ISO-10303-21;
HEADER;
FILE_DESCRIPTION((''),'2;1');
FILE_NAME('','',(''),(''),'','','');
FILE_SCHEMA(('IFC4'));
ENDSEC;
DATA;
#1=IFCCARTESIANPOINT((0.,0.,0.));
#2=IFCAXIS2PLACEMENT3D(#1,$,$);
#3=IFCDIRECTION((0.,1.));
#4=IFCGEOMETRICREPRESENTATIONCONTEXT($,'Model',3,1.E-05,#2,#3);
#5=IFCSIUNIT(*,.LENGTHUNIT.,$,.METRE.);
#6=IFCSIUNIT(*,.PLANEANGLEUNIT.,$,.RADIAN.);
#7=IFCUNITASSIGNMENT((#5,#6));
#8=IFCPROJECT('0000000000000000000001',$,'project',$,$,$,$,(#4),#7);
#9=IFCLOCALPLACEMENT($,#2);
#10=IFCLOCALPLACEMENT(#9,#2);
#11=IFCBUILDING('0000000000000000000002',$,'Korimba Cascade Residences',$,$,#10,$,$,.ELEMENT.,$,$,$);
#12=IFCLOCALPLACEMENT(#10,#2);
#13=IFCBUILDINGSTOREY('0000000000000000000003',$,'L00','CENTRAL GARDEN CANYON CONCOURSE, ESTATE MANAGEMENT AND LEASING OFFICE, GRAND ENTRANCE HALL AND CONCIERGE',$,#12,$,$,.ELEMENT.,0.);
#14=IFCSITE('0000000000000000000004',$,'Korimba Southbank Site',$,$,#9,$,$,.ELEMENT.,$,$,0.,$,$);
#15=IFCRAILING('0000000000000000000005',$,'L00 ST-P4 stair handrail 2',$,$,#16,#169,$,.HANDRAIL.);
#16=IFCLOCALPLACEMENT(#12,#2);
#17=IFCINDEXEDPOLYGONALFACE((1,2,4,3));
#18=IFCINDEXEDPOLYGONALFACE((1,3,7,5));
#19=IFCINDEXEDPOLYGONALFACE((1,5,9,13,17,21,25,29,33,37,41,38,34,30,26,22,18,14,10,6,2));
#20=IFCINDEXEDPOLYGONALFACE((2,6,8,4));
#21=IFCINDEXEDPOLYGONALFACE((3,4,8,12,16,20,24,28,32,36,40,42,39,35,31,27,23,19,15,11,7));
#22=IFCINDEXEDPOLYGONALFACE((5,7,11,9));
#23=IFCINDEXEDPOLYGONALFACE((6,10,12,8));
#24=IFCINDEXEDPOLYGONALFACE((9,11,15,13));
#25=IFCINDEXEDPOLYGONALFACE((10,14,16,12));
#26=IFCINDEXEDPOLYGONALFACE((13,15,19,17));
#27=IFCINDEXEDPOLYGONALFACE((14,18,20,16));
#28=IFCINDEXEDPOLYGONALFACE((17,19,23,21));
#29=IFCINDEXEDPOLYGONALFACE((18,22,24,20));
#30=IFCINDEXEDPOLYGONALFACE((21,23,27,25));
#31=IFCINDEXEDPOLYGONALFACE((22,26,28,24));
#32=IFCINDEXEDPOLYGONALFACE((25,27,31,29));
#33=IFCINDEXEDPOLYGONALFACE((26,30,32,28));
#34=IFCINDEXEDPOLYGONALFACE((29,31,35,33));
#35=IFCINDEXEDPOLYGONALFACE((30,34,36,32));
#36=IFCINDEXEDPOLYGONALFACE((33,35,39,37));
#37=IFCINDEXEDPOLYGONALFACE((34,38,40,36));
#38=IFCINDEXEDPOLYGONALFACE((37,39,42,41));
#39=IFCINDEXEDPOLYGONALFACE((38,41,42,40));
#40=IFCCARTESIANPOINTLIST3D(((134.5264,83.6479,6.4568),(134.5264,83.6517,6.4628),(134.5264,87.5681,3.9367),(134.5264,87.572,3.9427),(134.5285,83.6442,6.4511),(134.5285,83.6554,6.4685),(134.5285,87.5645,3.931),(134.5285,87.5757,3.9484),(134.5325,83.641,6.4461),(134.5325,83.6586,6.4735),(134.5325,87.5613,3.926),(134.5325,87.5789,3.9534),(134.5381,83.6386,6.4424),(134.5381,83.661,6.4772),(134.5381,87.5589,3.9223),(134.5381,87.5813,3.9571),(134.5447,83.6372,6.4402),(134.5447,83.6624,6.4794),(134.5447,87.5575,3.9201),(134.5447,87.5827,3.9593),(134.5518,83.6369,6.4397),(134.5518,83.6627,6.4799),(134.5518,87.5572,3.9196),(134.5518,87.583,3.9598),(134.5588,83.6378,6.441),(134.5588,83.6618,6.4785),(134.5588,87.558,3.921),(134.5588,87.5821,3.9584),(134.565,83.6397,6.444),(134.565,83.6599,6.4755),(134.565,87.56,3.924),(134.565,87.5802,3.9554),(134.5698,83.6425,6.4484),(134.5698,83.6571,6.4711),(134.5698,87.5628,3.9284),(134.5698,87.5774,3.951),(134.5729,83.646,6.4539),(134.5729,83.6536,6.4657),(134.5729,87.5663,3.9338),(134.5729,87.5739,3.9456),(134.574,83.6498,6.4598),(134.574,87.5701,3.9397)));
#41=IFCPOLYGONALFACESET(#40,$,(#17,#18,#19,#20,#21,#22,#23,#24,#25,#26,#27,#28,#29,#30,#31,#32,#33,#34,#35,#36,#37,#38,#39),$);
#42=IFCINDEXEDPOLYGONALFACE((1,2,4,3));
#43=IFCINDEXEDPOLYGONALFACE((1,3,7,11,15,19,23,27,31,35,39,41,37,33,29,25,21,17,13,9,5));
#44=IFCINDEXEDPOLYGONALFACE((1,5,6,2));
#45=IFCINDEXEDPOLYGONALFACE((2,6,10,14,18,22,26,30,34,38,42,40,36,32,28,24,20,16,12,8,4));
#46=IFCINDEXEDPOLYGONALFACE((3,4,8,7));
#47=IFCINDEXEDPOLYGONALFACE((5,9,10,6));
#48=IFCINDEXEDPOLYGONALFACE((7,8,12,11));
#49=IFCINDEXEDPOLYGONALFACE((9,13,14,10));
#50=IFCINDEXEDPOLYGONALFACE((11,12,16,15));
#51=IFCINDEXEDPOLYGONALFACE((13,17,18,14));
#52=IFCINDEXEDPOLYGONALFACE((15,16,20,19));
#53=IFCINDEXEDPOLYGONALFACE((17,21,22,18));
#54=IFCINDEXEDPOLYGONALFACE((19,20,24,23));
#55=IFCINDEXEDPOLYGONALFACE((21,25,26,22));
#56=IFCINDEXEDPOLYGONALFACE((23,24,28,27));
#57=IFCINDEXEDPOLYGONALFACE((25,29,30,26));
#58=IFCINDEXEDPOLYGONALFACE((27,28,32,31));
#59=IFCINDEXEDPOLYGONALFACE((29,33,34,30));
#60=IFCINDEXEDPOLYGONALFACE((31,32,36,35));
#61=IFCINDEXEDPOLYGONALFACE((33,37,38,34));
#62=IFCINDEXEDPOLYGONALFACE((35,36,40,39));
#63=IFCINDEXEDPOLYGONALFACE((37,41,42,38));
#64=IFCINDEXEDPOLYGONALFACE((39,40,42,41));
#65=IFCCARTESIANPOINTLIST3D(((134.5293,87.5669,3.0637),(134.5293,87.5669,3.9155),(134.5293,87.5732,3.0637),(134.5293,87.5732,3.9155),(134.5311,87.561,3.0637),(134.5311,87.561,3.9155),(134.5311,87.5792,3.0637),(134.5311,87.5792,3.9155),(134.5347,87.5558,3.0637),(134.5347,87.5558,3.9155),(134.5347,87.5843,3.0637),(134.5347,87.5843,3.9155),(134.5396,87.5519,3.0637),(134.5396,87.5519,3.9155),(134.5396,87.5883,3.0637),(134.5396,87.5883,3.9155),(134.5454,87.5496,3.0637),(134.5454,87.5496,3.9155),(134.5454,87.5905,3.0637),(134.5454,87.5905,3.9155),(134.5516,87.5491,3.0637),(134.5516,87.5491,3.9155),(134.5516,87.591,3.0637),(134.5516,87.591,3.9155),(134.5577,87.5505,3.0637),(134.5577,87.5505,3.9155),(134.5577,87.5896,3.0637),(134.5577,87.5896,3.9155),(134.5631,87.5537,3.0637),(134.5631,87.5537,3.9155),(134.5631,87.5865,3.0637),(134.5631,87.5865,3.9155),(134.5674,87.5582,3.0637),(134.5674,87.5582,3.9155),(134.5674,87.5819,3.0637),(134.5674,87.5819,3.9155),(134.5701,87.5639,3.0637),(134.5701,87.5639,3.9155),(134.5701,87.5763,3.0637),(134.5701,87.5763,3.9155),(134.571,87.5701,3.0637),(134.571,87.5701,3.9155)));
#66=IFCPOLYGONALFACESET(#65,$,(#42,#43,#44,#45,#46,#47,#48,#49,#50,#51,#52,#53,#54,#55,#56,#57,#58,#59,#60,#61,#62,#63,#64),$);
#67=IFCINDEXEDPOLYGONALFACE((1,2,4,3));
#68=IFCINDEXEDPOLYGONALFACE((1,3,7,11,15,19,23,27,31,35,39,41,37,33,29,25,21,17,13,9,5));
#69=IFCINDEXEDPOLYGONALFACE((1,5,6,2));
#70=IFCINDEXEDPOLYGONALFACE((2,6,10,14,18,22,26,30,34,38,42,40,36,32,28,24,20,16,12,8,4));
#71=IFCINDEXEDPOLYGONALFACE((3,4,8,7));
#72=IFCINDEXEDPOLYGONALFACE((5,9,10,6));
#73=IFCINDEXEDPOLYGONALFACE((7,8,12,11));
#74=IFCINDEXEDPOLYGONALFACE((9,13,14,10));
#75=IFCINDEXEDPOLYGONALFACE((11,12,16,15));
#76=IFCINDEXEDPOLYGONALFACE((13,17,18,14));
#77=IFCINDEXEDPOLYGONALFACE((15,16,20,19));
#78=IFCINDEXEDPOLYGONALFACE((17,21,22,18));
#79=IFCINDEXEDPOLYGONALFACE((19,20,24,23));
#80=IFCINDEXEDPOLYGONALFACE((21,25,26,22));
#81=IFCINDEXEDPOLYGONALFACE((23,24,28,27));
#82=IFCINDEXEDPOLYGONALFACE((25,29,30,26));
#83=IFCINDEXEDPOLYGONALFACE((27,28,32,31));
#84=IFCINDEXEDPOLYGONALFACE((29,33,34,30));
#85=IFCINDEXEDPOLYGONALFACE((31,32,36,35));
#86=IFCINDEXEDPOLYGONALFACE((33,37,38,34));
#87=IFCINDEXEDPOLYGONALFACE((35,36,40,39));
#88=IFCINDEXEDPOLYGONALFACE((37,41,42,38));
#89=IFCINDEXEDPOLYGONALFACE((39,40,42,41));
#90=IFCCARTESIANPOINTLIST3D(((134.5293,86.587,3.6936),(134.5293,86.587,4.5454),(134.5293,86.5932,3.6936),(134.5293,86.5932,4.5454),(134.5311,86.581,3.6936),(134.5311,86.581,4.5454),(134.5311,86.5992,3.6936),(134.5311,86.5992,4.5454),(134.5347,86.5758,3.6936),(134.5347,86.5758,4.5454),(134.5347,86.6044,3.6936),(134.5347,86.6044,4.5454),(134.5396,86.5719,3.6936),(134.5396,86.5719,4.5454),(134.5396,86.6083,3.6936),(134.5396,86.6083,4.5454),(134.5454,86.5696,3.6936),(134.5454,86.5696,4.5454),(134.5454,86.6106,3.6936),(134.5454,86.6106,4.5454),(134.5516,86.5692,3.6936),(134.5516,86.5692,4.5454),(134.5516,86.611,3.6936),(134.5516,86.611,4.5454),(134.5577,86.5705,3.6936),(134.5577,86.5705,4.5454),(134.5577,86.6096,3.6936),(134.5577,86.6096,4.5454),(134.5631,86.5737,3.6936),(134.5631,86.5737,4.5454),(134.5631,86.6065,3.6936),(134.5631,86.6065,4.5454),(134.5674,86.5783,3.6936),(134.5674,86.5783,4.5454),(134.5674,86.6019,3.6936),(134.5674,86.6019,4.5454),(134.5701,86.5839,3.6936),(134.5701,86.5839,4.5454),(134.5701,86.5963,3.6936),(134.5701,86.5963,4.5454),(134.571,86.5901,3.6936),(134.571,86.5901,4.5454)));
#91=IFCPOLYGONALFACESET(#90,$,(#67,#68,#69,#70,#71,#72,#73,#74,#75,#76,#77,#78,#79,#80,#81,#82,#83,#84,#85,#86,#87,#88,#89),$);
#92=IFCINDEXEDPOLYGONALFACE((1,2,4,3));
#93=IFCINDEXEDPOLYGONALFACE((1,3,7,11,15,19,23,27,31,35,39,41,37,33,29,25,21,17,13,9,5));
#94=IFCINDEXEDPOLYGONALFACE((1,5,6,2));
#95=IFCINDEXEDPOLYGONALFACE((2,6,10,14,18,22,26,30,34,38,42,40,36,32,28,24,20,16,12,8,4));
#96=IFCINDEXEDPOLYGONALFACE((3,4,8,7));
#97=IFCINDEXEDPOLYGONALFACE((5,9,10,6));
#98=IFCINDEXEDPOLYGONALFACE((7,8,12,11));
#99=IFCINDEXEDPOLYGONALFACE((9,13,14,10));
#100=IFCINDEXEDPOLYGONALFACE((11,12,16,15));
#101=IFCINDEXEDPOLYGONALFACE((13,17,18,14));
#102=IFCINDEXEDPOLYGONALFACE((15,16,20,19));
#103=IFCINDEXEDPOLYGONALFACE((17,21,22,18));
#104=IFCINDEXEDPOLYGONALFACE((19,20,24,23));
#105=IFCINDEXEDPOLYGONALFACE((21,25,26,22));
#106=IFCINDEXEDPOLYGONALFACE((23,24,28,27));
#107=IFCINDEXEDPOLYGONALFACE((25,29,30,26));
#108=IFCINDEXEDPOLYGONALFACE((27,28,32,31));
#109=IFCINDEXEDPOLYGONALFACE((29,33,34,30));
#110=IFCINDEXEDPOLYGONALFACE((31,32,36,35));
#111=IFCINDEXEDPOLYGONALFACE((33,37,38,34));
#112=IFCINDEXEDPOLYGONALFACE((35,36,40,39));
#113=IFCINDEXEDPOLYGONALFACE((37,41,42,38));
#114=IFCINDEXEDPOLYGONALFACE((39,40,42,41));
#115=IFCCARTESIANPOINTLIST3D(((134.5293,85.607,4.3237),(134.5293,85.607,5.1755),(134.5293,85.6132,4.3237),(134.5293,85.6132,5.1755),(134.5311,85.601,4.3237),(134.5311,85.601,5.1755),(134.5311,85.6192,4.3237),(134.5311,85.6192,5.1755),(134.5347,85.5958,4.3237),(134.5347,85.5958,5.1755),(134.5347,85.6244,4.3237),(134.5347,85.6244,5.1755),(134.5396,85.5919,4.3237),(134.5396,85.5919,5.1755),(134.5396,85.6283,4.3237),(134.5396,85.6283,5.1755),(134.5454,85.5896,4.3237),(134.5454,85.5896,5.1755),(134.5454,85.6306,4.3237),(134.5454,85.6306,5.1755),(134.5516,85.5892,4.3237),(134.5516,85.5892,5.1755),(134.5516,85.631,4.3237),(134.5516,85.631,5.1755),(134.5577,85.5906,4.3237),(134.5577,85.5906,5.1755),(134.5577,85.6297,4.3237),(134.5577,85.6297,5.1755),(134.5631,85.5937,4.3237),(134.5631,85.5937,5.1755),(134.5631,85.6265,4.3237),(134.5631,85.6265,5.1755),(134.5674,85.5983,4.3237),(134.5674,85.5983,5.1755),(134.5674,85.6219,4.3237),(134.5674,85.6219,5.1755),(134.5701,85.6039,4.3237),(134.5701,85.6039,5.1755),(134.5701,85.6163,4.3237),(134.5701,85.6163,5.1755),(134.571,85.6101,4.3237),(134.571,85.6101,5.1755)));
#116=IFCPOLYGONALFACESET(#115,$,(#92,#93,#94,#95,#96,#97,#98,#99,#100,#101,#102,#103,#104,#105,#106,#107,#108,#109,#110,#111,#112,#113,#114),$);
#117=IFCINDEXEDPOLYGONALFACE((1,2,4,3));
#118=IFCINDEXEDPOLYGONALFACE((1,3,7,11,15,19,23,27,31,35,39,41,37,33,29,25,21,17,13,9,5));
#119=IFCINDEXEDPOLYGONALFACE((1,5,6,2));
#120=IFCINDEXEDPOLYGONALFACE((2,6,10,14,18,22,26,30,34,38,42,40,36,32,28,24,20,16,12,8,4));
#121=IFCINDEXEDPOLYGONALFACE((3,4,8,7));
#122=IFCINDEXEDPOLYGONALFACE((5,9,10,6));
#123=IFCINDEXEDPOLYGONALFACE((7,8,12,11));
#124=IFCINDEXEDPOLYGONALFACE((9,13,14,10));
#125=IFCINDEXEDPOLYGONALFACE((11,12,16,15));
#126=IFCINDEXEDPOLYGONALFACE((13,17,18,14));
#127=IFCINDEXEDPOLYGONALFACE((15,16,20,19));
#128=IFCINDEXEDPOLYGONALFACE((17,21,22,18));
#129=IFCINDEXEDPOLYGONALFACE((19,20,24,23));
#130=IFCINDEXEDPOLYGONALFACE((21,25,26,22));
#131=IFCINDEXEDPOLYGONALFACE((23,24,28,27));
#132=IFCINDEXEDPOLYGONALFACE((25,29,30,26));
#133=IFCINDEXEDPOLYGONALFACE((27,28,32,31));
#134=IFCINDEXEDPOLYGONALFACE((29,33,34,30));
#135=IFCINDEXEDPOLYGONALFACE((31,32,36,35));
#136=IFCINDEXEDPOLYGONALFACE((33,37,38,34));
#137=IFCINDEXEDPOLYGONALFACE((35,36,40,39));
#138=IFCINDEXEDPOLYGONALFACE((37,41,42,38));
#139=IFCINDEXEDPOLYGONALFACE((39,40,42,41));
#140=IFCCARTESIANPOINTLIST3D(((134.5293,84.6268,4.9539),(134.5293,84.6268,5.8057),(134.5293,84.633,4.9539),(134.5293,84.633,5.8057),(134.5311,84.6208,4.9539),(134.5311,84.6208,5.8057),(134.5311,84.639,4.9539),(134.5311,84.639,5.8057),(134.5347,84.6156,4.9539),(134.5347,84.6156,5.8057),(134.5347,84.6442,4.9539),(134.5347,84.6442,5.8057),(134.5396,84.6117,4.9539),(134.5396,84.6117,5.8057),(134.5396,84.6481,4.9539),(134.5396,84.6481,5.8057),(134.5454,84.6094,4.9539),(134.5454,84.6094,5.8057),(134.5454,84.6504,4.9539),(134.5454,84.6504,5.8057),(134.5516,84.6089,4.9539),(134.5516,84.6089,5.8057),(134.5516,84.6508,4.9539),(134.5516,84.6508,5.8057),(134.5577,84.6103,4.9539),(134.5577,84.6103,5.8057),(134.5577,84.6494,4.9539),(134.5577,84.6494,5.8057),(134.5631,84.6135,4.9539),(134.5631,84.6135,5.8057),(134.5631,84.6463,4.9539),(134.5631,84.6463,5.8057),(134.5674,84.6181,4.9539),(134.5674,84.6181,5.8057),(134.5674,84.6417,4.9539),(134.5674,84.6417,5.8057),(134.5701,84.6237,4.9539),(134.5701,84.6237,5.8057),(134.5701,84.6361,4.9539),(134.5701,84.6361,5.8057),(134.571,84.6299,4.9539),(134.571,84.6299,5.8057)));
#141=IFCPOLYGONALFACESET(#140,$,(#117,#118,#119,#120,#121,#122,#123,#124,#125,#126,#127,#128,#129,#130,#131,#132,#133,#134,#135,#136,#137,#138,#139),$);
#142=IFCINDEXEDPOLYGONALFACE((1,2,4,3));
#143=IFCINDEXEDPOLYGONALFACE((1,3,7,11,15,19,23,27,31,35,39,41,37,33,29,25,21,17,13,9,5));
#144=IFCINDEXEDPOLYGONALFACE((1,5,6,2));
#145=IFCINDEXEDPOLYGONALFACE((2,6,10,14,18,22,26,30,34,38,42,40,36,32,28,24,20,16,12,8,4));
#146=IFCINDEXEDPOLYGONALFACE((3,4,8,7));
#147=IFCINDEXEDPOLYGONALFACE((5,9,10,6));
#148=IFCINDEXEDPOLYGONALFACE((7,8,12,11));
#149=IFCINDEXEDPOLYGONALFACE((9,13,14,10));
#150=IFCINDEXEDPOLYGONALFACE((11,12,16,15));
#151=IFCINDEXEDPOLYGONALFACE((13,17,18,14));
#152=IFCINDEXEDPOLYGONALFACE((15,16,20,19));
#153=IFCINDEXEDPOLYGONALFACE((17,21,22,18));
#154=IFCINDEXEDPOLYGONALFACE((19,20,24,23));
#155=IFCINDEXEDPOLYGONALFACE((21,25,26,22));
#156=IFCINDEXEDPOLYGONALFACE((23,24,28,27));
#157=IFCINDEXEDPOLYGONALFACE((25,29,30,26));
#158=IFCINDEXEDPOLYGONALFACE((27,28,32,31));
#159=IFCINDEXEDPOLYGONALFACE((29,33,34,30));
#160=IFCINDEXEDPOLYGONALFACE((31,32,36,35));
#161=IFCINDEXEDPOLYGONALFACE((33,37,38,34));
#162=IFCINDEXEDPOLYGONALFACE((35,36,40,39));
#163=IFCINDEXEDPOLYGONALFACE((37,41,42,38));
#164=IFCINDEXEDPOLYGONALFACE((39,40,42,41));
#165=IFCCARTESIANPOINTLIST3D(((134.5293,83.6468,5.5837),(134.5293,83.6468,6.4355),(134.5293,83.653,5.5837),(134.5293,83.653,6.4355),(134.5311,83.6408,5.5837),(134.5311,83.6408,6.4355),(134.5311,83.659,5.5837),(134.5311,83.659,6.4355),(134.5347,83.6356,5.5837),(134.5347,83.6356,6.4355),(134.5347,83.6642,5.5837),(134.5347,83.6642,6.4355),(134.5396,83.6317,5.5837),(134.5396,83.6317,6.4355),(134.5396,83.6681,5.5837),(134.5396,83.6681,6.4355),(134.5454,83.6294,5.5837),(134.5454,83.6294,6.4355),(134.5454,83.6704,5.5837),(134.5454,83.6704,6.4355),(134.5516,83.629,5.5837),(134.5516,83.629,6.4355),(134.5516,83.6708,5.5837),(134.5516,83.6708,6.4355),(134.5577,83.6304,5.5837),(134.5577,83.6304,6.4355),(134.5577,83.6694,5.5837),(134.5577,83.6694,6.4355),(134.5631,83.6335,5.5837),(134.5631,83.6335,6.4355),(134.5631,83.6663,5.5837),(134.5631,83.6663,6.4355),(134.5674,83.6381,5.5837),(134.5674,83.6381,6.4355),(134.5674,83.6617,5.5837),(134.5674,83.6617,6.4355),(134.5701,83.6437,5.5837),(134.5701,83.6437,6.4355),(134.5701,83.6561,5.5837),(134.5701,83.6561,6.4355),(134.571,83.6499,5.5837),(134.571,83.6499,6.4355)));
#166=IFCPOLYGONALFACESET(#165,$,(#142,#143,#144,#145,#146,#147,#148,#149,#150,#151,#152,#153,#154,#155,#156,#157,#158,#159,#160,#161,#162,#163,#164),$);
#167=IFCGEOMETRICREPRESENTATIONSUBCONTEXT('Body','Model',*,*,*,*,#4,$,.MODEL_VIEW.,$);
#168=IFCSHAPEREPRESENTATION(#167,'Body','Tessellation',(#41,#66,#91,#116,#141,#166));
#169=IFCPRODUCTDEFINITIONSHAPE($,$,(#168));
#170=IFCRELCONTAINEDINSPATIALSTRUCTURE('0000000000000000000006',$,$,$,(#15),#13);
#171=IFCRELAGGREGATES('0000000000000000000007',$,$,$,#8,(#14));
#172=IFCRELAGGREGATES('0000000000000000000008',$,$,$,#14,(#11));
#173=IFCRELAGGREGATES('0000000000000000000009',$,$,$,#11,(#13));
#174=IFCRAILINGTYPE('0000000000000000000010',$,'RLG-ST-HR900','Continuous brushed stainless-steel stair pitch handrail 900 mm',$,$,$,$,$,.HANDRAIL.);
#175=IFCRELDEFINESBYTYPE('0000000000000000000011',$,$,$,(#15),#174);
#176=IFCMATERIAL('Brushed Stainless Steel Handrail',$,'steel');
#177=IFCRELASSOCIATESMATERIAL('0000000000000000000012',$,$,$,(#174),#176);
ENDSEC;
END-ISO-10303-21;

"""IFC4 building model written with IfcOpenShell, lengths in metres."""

from ifc_helpers import new_model, si_unit, direction, frame, origin, origin_2d, place, context, subcontext, project, spatial, circle, extrude, material, type_object, element, save


model = new_model("IFC4")

# Units and contexts
model_context = context("Model", 3, precision=1e-05, world=origin(), true_north=direction((0.0, 1.0)))
body_context = subcontext(model_context, "Body", "Model", "MODEL_VIEW")
ifc_project = project(units=[si_unit("LENGTHUNIT", "METRE"), si_unit("PLANEANGLEUNIT", "RADIAN")], contexts=[model_context])

# Site, building, storey
site_placement = place(None, origin())
site = spatial("IfcSite", under=ifc_project, at=site_placement, Name="Korimba Southbank Site", CompositionType="ELEMENT", RefElevation=0.0)
building_placement = place(site_placement, origin())
building = spatial("IfcBuilding", under=site, at=building_placement, Name="Korimba Cascade Residences", CompositionType="ELEMENT")
storey_placement = place(building_placement, origin())
storey = spatial("IfcBuildingStorey", under=building, at=storey_placement, Name="L00", Description="CENTRAL GARDEN CANYON CONCOURSE, ESTATE MANAGEMENT AND LEASING OFFICE, GRAND ENTRANCE HALL AND CONCIERGE", CompositionType="ELEMENT", Elevation=0.0)

# Railing
ifc_material_1 = material(Name="Brushed Stainless Steel Handrail", Category="steel")
railing_type_1 = type_object("IfcRailingType", Name="RLG-ST-HR900", Description="Continuous brushed stainless-steel stair pitch handrail 900 mm", PredefinedType="HANDRAIL", material=ifc_material_1)
railing_1_placement = place(storey_placement, frame((134.55, 87.5701, 3.0637)))
element("IfcRailing", 1, at=railing_1_placement, inside=storey, type_object=railing_type_1, Name="L00 ST-P4 stair handrail 2", PredefinedType="HANDRAIL", context=body_context, shape_type="SweptSolid", body=[
    extrude(circle(Radius=0.0239, at=origin_2d()), frame((0.0, 0.0, 0.876), z_axis=(0.0, -0.841187, 0.540744), x_axis=(1.0, 0.0, 0.0)), (0.0, 0.0, 1.0), 4.6604),
    extrude(circle(Radius=0.021, at=origin_2d()), origin(), (0.0, 0.0, 1.0), 0.8518),
    extrude(circle(Radius=0.021, at=origin_2d()), frame((0.0, -0.98, 0.6299)), (0.0, 0.0, 1.0), 0.8518),
    extrude(circle(Radius=0.021, at=origin_2d()), frame((0.0, -1.96, 1.26)), (0.0, 0.0, 1.0), 0.8518),
    extrude(circle(Radius=0.021, at=origin_2d()), frame((0.0, -2.9402, 1.8901)), (0.0, 0.0, 1.0), 0.8518),
    extrude(circle(Radius=0.021, at=origin_2d()), frame((0.0, -3.9202, 2.52)), (0.0, 0.0, 1.0), 0.8518),
])

save(model, "model.ifc")
